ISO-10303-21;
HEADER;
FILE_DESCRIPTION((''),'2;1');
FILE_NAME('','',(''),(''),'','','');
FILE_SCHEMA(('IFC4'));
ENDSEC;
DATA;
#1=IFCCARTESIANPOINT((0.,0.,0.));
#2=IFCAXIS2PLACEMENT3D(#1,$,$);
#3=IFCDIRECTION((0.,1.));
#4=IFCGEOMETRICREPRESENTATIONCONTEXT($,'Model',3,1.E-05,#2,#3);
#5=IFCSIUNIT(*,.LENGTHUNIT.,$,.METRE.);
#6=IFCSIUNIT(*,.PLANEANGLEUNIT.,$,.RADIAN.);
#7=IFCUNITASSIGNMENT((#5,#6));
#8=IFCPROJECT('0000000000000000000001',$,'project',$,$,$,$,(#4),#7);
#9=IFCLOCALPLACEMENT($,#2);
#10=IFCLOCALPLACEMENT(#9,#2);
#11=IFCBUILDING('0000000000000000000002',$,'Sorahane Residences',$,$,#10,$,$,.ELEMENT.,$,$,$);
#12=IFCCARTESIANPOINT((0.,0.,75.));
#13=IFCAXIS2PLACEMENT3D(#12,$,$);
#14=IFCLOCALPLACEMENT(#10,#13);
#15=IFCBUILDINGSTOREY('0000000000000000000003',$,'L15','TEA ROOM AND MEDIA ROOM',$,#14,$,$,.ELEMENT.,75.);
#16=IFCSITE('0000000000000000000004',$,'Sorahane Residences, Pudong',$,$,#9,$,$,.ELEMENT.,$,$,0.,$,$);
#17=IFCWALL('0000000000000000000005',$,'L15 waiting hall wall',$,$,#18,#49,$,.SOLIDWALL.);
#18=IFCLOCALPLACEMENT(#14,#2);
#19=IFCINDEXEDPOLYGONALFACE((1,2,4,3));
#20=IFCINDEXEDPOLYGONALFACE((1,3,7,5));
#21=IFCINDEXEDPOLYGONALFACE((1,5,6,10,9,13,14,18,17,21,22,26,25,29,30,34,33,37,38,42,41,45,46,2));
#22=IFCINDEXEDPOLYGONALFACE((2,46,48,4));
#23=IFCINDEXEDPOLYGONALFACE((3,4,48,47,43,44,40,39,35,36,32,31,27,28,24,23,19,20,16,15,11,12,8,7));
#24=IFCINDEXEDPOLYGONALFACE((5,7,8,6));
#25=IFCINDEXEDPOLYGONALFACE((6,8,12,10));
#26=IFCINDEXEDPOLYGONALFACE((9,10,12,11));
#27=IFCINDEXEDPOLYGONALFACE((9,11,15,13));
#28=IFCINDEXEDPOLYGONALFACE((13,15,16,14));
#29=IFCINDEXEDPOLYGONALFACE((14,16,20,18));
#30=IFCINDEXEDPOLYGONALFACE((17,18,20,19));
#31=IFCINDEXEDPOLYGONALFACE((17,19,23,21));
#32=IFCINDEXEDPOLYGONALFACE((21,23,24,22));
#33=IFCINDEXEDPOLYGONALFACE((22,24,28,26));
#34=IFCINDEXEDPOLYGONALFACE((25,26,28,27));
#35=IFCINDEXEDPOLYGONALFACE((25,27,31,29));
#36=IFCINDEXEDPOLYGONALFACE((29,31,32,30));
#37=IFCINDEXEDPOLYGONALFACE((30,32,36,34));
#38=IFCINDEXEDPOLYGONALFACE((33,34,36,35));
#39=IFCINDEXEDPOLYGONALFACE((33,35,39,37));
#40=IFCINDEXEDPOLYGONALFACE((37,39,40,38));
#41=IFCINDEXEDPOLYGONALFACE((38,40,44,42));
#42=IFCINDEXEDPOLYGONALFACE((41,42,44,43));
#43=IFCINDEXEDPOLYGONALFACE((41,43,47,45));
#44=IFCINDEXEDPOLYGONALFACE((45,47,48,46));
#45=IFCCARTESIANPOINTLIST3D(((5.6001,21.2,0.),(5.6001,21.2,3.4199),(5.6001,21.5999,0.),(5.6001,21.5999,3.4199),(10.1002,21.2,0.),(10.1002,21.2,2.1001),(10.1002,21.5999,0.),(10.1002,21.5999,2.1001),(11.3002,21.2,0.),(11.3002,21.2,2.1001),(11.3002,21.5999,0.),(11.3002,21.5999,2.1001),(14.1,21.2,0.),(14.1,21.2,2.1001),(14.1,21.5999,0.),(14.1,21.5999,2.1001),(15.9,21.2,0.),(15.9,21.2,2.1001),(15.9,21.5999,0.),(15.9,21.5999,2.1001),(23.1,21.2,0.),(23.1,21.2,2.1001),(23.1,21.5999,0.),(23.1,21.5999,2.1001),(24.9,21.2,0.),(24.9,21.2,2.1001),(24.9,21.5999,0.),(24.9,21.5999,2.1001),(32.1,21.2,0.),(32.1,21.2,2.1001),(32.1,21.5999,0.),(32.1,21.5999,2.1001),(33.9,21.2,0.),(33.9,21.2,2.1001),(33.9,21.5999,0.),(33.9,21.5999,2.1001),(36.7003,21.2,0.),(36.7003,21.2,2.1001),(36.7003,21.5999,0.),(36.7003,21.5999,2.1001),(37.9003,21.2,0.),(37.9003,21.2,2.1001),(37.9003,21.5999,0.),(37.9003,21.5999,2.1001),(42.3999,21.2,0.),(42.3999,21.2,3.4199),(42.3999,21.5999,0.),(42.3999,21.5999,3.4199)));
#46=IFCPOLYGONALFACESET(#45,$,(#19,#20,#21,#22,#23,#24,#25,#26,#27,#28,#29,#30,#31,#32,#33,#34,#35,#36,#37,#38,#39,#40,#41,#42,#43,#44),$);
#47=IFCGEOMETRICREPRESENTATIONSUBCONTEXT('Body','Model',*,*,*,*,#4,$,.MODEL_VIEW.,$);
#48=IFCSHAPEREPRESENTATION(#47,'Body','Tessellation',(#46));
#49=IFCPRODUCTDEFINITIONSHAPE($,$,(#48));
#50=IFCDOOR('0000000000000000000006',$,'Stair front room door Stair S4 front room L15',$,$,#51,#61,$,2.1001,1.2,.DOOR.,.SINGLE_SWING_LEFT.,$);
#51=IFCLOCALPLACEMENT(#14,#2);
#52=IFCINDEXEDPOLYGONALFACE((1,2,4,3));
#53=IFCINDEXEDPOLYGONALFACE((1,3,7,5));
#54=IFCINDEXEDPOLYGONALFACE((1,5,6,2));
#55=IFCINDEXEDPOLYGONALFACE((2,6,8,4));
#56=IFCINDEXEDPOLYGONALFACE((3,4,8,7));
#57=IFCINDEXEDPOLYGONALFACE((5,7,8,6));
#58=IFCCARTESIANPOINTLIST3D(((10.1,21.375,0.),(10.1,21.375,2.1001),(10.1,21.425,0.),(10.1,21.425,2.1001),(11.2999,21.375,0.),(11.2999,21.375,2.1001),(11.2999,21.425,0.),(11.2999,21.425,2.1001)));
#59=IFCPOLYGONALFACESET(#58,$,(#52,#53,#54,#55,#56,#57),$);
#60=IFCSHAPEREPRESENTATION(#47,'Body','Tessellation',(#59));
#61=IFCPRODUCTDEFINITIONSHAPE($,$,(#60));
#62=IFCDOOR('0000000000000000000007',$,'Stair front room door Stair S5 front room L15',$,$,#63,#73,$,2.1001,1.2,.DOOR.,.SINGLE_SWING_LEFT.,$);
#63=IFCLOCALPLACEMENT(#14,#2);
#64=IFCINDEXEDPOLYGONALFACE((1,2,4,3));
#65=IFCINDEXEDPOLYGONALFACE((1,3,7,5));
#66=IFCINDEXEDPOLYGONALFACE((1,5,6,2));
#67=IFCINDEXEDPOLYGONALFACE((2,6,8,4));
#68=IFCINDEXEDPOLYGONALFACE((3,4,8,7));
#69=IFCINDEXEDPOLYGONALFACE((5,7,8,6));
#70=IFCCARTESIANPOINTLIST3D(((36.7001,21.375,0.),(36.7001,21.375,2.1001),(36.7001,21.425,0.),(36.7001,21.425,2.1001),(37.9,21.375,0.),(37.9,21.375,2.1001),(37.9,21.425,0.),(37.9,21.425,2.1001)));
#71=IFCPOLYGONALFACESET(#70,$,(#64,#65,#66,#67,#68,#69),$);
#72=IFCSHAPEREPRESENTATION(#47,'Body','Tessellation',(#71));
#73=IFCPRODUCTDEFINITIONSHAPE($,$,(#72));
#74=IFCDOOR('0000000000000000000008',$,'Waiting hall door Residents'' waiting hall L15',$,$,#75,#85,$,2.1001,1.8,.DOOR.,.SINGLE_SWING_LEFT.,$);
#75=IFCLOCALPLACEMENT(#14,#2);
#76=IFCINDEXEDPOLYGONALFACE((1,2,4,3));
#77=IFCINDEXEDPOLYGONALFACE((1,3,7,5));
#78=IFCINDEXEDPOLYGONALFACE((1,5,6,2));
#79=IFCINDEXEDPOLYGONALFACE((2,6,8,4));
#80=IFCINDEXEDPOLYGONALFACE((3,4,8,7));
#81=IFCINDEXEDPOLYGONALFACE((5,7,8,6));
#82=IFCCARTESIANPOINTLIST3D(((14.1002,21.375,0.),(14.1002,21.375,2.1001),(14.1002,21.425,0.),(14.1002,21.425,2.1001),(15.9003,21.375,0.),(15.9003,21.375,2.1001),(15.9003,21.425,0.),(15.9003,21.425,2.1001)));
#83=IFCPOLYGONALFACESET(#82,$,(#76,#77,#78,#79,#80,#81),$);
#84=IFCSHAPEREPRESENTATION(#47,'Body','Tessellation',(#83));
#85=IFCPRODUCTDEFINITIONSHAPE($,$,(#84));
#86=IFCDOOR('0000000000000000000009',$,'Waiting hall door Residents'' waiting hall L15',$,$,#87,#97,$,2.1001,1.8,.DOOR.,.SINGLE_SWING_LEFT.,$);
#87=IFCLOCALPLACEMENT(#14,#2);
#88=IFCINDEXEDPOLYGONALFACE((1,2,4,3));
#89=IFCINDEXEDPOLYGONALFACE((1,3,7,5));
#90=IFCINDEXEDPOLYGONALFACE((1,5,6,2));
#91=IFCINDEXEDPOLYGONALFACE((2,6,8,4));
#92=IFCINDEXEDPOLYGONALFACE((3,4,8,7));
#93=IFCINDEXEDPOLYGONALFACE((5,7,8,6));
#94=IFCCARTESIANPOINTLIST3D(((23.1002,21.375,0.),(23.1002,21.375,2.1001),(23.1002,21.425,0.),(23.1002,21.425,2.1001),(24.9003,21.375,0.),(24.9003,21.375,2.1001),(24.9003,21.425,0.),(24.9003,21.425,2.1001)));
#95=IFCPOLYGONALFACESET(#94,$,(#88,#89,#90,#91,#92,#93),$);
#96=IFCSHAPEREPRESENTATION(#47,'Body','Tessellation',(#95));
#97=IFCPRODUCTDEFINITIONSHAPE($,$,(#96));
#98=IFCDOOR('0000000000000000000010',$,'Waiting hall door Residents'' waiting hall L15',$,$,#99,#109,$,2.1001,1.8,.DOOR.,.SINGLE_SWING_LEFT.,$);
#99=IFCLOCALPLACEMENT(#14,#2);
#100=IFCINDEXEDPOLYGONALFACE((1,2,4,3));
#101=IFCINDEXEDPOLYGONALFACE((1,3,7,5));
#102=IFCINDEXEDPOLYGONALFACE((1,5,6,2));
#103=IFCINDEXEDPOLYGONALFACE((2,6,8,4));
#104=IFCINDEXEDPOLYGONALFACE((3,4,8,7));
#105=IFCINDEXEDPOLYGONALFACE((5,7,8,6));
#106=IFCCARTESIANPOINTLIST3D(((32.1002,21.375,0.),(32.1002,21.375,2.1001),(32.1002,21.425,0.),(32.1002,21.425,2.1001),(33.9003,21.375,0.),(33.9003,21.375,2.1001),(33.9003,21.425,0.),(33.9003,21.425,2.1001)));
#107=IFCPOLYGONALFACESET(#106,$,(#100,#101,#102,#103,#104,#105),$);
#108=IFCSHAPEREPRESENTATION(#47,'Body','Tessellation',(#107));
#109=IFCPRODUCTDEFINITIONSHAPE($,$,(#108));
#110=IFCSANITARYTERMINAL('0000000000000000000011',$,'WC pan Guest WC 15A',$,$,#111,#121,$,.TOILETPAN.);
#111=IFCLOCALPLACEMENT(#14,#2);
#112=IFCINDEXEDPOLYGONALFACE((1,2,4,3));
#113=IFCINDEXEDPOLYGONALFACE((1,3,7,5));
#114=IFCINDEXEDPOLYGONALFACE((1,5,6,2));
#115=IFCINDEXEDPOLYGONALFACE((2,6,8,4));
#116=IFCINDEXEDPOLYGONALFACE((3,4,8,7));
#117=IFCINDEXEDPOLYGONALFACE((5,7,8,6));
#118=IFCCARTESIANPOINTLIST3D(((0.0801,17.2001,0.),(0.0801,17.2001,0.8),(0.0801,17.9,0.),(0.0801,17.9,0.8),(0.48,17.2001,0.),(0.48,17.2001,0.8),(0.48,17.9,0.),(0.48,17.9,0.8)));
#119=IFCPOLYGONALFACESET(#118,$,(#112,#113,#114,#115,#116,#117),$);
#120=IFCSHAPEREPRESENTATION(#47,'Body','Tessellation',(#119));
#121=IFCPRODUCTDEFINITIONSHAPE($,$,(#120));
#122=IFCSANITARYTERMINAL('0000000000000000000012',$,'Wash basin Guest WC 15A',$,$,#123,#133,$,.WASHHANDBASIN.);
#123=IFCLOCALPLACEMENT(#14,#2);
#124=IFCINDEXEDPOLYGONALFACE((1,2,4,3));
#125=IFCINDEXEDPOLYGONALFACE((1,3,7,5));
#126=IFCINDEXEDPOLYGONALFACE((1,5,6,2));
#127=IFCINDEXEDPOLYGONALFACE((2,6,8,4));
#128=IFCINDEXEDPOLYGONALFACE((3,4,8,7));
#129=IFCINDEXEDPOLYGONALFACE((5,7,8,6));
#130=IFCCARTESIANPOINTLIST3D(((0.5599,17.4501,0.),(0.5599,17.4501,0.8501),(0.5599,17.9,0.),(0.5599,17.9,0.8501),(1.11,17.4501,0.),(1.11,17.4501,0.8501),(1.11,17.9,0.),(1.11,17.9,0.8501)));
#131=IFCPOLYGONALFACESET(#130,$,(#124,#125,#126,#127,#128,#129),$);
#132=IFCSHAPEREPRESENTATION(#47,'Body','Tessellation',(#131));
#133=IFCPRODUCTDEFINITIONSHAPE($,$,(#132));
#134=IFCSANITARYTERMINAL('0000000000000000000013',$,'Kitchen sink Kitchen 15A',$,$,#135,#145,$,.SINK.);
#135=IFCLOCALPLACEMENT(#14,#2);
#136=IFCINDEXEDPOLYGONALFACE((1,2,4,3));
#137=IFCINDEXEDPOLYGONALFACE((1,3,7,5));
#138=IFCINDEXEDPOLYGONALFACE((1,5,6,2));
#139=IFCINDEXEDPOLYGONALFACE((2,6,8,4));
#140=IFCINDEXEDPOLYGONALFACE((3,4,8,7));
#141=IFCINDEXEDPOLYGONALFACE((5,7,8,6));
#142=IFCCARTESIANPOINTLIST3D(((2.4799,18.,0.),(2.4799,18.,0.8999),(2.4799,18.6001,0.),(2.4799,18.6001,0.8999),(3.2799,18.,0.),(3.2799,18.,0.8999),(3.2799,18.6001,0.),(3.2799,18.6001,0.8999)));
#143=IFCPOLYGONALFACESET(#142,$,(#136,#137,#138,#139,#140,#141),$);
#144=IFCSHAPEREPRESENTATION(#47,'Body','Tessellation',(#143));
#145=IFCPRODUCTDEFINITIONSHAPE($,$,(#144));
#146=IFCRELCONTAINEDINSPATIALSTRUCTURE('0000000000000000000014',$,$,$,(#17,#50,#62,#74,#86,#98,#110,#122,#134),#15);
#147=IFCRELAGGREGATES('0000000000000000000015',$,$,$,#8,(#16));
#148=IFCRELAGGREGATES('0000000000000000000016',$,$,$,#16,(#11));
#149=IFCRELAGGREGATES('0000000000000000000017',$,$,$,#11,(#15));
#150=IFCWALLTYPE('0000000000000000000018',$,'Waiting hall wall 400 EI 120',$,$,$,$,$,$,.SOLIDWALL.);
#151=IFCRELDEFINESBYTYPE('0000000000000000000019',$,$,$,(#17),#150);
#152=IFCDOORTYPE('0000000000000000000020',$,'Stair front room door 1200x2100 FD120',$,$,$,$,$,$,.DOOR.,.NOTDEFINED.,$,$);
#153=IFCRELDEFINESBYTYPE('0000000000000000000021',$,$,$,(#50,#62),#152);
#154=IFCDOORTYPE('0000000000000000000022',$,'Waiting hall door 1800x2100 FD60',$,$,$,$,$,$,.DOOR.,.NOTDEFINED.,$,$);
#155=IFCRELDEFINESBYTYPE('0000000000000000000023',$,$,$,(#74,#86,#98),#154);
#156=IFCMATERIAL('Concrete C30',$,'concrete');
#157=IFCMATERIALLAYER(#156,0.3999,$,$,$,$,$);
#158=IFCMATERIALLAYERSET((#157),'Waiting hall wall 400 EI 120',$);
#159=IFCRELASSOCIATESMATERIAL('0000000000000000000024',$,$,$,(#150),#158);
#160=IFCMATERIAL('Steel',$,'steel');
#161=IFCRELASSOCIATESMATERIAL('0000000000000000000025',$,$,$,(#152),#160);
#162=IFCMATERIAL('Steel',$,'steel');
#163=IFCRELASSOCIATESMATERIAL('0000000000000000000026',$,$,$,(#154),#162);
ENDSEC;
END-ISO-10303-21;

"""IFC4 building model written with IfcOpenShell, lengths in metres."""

from ifc_helpers import new_model, si_unit, direction, frame, frame_2d, origin, origin_2d, place, context, subcontext, project, spatial, rectangle, extrude, material, layer, layer_set, type_object, element, fill, save


model = new_model("IFC4")

# Units and contexts
model_context = context("Model", 3, precision=1e-05, world=origin(), true_north=direction((0.0, 1.0)))
body_context = subcontext(model_context, "Body", "Model", "MODEL_VIEW")
ifc_project = project(units=[si_unit("LENGTHUNIT", "METRE"), si_unit("PLANEANGLEUNIT", "RADIAN")], contexts=[model_context])

# Site, building, storey
site_placement = place(None, origin())
site = spatial("IfcSite", under=ifc_project, at=site_placement, Name="Sorahane Residences, Pudong", CompositionType="ELEMENT", RefElevation=0.0)
building_placement = place(site_placement, origin())
building = spatial("IfcBuilding", under=site, at=building_placement, Name="Sorahane Residences", CompositionType="ELEMENT")
storey_placement = place(building_placement, frame((0.0, 0.0, 75.0)))
storey = spatial("IfcBuildingStorey", under=building, at=storey_placement, Name="L15", Description="TEA ROOM AND MEDIA ROOM", CompositionType="ELEMENT", Elevation=75.0)

# Wall, openings, doors
ifc_material_1 = material(Name="Concrete C30", Category="concrete")
ifc_layer_1 = layer(ifc_material_1, 0.3999)
ifc_layer_set_1 = layer_set([ifc_layer_1], Name="Waiting hall wall 400 EI 120")
wall_type_1 = type_object("IfcWallType", Name="Waiting hall wall 400 EI 120", PredefinedType="SOLIDWALL", material=ifc_layer_set_1)
wall_1_placement = place(storey_placement, frame((5.6001, 21.3999, 0.0), z_axis=(0.0, 0.0, 1.0), x_axis=(1.0, 0.0, 0.0)))
wall_1 = element("IfcWall", 1, at=wall_1_placement, inside=storey, type_object=wall_type_1, Name="L15 waiting hall wall", PredefinedType="SOLIDWALL", context=body_context, shape_type="SweptSolid", body=[
    extrude(rectangle(XDim=36.7998, YDim=0.3999, at=frame_2d((18.3999, 0.0))), origin(), (0.0, 0.0, 1.0), 3.4199),
])
opening_1_placement = place(wall_1_placement, frame((8.5, 0.0, 0.0)))
opening_1 = element("IfcOpeningElement", 2, at=opening_1_placement, cuts=wall_1, PredefinedType="OPENING", context=body_context, shape_type="SweptSolid", body=[
    extrude(rectangle(XDim=1.8, YDim=2.1001, at=frame_2d((0.8999, 1.05))), frame((0.0, 0.21, 0.0), z_axis=(0.0, -1.0, 0.0), x_axis=(1.0, 0.0, 0.0)), (0.0, 0.0, 1.0), 0.4199),
])
opening_2_placement = place(wall_1_placement, frame((17.5, 0.0, 0.0)))
opening_2 = element("IfcOpeningElement", 3, at=opening_2_placement, cuts=wall_1, PredefinedType="OPENING", context=body_context, shape_type="SweptSolid", body=[
    extrude(rectangle(XDim=1.8, YDim=2.1001, at=frame_2d((0.8999, 1.05))), frame((0.0, 0.21, 0.0), z_axis=(0.0, -1.0, 0.0), x_axis=(1.0, 0.0, 0.0)), (0.0, 0.0, 1.0), 0.4199),
])
opening_3_placement = place(wall_1_placement, frame((26.5, 0.0, 0.0)))
opening_3 = element("IfcOpeningElement", 4, at=opening_3_placement, cuts=wall_1, PredefinedType="OPENING", context=body_context, shape_type="SweptSolid", body=[
    extrude(rectangle(XDim=1.8, YDim=2.1001, at=frame_2d((0.8999, 1.05))), frame((0.0, 0.21, 0.0), z_axis=(0.0, -1.0, 0.0), x_axis=(1.0, 0.0, 0.0)), (0.0, 0.0, 1.0), 0.4199),
])
opening_4_placement = place(wall_1_placement, frame((4.5, 0.0, 0.0)))
opening_4 = element("IfcOpeningElement", 5, at=opening_4_placement, cuts=wall_1, PredefinedType="OPENING", context=body_context, shape_type="SweptSolid", body=[
    extrude(rectangle(XDim=1.2, YDim=2.1001, at=frame_2d((0.6001, 1.05))), frame((0.0, 0.21, 0.0), z_axis=(0.0, -1.0, 0.0), x_axis=(1.0, 0.0, 0.0)), (0.0, 0.0, 1.0), 0.4199),
])
opening_5_placement = place(wall_1_placement, frame((31.1001, 0.0, 0.0)))
opening_5 = element("IfcOpeningElement", 6, at=opening_5_placement, cuts=wall_1, PredefinedType="OPENING", context=body_context, shape_type="SweptSolid", body=[
    extrude(rectangle(XDim=1.2, YDim=2.1001, at=frame_2d((0.6001, 1.05))), frame((0.0, 0.21, 0.0), z_axis=(0.0, -1.0, 0.0), x_axis=(1.0, 0.0, 0.0)), (0.0, 0.0, 1.0), 0.4199),
])
ifc_material_2 = material(Name="Steel", Category="steel")
door_type_1 = type_object("IfcDoorType", Name="Stair front room door 1200x2100 FD120", OperationType="NOTDEFINED", PredefinedType="DOOR", material=ifc_material_2)
door_1_placement = place(opening_4_placement, frame((1.2, 0.0, 0.0), z_axis=(0.0, 0.0, 1.0), x_axis=(-1.0, 0.0, 0.0)))
door_1 = element("IfcDoor", 7, at=door_1_placement, inside=storey, type_object=door_type_1, Name="Stair front room door Stair S4 front room L15", OperationType="SINGLE_SWING_LEFT", OverallHeight=2.1001, OverallWidth=1.2, PredefinedType="DOOR", context=body_context, shape_type="SweptSolid", body=[
    extrude(rectangle(XDim=1.2, YDim=2.1001, at=frame_2d((0.6001, 1.05))), frame((0.0, 0.0249, 0.0), z_axis=(0.0, -1.0, 0.0), x_axis=(1.0, 0.0, 0.0)), (0.0, 0.0, 1.0), 0.05),
])
fill(opening_4, door_1)
door_2_placement = place(opening_5_placement, frame((1.2, 0.0, 0.0), z_axis=(0.0, 0.0, 1.0), x_axis=(-1.0, 0.0, 0.0)))
door_2 = element("IfcDoor", 8, at=door_2_placement, inside=storey, type_object=door_type_1, Name="Stair front room door Stair S5 front room L15", OperationType="SINGLE_SWING_LEFT", OverallHeight=2.1001, OverallWidth=1.2, PredefinedType="DOOR", context=body_context, shape_type="SweptSolid", body=[
    extrude(rectangle(XDim=1.2, YDim=2.1001, at=frame_2d((0.6001, 1.05))), frame((0.0, 0.0249, 0.0), z_axis=(0.0, -1.0, 0.0), x_axis=(1.0, 0.0, 0.0)), (0.0, 0.0, 1.0), 0.05),
])
fill(opening_5, door_2)
ifc_material_3 = material(Name="Steel", Category="steel")
door_type_2 = type_object("IfcDoorType", Name="Waiting hall door 1800x2100 FD60", OperationType="NOTDEFINED", PredefinedType="DOOR", material=ifc_material_3)
door_3_placement = place(opening_1_placement, frame((1.8, 0.0, 0.0), z_axis=(0.0, 0.0, 1.0), x_axis=(-1.0, 0.0, 0.0)))
door_3 = element("IfcDoor", 9, at=door_3_placement, inside=storey, type_object=door_type_2, Name="Waiting hall door Residents' waiting hall L15", OperationType="SINGLE_SWING_LEFT", OverallHeight=2.1001, OverallWidth=1.8, PredefinedType="DOOR", context=body_context, shape_type="SweptSolid", body=[
    extrude(rectangle(XDim=1.8, YDim=2.1001, at=frame_2d((0.8999, 1.05))), frame((0.0, 0.0249, 0.0), z_axis=(0.0, -1.0, 0.0), x_axis=(1.0, 0.0, 0.0)), (0.0, 0.0, 1.0), 0.05),
])
fill(opening_1, door_3)
door_4_placement = place(opening_2_placement, frame((1.8, 0.0, 0.0), z_axis=(0.0, 0.0, 1.0), x_axis=(-1.0, 0.0, 0.0)))
door_4 = element("IfcDoor", 10, at=door_4_placement, inside=storey, type_object=door_type_2, Name="Waiting hall door Residents' waiting hall L15", OperationType="SINGLE_SWING_LEFT", OverallHeight=2.1001, OverallWidth=1.8, PredefinedType="DOOR", context=body_context, shape_type="SweptSolid", body=[
    extrude(rectangle(XDim=1.8, YDim=2.1001, at=frame_2d((0.8999, 1.05))), frame((0.0, 0.0249, 0.0), z_axis=(0.0, -1.0, 0.0), x_axis=(1.0, 0.0, 0.0)), (0.0, 0.0, 1.0), 0.05),
])
fill(opening_2, door_4)
door_5_placement = place(opening_3_placement, frame((1.8, 0.0, 0.0), z_axis=(0.0, 0.0, 1.0), x_axis=(-1.0, 0.0, 0.0)))
door_5 = element("IfcDoor", 11, at=door_5_placement, inside=storey, type_object=door_type_2, Name="Waiting hall door Residents' waiting hall L15", OperationType="SINGLE_SWING_LEFT", OverallHeight=2.1001, OverallWidth=1.8, PredefinedType="DOOR", context=body_context, shape_type="SweptSolid", body=[
    extrude(rectangle(XDim=1.8, YDim=2.1001, at=frame_2d((0.8999, 1.05))), frame((0.0, 0.0249, 0.0), z_axis=(0.0, -1.0, 0.0), x_axis=(1.0, 0.0, 0.0)), (0.0, 0.0, 1.0), 0.05),
])
fill(opening_3, door_5)

# Sanitary terminals
sanitary_terminal_1_placement = place(storey_placement, frame((0.28, 17.55, 0.0), z_axis=(0.0, 0.0, 1.0), x_axis=(1.0, 0.0, 0.0)))
element("IfcSanitaryTerminal", 12, at=sanitary_terminal_1_placement, inside=storey, Name="WC pan Guest WC 15A", PredefinedType="TOILETPAN", context=body_context, shape_type="SweptSolid", body=[
    extrude(rectangle(XDim=0.3999, YDim=0.7, at=origin_2d()), origin(), (0.0, 0.0, 1.0), 0.8),
])
sanitary_terminal_2_placement = place(storey_placement, frame((0.835, 17.675, 0.0), z_axis=(0.0, 0.0, 1.0), x_axis=(1.0, 0.0, 0.0)))
element("IfcSanitaryTerminal", 13, at=sanitary_terminal_2_placement, inside=storey, Name="Wash basin Guest WC 15A", PredefinedType="WASHHANDBASIN", context=body_context, shape_type="SweptSolid", body=[
    extrude(rectangle(XDim=0.55, YDim=0.45, at=origin_2d()), origin(), (0.0, 0.0, 1.0), 0.8501),
])
sanitary_terminal_3_placement = place(storey_placement, frame((2.8799, 18.3, 0.0), z_axis=(0.0, 0.0, 1.0), x_axis=(1.0, 0.0, 0.0)))
element("IfcSanitaryTerminal", 14, at=sanitary_terminal_3_placement, inside=storey, Name="Kitchen sink Kitchen 15A", PredefinedType="SINK", context=body_context, shape_type="SweptSolid", body=[
    extrude(rectangle(XDim=0.8, YDim=0.6001, at=origin_2d()), origin(), (0.0, 0.0, 1.0), 0.8999),
])

save(model, "model.ifc")
